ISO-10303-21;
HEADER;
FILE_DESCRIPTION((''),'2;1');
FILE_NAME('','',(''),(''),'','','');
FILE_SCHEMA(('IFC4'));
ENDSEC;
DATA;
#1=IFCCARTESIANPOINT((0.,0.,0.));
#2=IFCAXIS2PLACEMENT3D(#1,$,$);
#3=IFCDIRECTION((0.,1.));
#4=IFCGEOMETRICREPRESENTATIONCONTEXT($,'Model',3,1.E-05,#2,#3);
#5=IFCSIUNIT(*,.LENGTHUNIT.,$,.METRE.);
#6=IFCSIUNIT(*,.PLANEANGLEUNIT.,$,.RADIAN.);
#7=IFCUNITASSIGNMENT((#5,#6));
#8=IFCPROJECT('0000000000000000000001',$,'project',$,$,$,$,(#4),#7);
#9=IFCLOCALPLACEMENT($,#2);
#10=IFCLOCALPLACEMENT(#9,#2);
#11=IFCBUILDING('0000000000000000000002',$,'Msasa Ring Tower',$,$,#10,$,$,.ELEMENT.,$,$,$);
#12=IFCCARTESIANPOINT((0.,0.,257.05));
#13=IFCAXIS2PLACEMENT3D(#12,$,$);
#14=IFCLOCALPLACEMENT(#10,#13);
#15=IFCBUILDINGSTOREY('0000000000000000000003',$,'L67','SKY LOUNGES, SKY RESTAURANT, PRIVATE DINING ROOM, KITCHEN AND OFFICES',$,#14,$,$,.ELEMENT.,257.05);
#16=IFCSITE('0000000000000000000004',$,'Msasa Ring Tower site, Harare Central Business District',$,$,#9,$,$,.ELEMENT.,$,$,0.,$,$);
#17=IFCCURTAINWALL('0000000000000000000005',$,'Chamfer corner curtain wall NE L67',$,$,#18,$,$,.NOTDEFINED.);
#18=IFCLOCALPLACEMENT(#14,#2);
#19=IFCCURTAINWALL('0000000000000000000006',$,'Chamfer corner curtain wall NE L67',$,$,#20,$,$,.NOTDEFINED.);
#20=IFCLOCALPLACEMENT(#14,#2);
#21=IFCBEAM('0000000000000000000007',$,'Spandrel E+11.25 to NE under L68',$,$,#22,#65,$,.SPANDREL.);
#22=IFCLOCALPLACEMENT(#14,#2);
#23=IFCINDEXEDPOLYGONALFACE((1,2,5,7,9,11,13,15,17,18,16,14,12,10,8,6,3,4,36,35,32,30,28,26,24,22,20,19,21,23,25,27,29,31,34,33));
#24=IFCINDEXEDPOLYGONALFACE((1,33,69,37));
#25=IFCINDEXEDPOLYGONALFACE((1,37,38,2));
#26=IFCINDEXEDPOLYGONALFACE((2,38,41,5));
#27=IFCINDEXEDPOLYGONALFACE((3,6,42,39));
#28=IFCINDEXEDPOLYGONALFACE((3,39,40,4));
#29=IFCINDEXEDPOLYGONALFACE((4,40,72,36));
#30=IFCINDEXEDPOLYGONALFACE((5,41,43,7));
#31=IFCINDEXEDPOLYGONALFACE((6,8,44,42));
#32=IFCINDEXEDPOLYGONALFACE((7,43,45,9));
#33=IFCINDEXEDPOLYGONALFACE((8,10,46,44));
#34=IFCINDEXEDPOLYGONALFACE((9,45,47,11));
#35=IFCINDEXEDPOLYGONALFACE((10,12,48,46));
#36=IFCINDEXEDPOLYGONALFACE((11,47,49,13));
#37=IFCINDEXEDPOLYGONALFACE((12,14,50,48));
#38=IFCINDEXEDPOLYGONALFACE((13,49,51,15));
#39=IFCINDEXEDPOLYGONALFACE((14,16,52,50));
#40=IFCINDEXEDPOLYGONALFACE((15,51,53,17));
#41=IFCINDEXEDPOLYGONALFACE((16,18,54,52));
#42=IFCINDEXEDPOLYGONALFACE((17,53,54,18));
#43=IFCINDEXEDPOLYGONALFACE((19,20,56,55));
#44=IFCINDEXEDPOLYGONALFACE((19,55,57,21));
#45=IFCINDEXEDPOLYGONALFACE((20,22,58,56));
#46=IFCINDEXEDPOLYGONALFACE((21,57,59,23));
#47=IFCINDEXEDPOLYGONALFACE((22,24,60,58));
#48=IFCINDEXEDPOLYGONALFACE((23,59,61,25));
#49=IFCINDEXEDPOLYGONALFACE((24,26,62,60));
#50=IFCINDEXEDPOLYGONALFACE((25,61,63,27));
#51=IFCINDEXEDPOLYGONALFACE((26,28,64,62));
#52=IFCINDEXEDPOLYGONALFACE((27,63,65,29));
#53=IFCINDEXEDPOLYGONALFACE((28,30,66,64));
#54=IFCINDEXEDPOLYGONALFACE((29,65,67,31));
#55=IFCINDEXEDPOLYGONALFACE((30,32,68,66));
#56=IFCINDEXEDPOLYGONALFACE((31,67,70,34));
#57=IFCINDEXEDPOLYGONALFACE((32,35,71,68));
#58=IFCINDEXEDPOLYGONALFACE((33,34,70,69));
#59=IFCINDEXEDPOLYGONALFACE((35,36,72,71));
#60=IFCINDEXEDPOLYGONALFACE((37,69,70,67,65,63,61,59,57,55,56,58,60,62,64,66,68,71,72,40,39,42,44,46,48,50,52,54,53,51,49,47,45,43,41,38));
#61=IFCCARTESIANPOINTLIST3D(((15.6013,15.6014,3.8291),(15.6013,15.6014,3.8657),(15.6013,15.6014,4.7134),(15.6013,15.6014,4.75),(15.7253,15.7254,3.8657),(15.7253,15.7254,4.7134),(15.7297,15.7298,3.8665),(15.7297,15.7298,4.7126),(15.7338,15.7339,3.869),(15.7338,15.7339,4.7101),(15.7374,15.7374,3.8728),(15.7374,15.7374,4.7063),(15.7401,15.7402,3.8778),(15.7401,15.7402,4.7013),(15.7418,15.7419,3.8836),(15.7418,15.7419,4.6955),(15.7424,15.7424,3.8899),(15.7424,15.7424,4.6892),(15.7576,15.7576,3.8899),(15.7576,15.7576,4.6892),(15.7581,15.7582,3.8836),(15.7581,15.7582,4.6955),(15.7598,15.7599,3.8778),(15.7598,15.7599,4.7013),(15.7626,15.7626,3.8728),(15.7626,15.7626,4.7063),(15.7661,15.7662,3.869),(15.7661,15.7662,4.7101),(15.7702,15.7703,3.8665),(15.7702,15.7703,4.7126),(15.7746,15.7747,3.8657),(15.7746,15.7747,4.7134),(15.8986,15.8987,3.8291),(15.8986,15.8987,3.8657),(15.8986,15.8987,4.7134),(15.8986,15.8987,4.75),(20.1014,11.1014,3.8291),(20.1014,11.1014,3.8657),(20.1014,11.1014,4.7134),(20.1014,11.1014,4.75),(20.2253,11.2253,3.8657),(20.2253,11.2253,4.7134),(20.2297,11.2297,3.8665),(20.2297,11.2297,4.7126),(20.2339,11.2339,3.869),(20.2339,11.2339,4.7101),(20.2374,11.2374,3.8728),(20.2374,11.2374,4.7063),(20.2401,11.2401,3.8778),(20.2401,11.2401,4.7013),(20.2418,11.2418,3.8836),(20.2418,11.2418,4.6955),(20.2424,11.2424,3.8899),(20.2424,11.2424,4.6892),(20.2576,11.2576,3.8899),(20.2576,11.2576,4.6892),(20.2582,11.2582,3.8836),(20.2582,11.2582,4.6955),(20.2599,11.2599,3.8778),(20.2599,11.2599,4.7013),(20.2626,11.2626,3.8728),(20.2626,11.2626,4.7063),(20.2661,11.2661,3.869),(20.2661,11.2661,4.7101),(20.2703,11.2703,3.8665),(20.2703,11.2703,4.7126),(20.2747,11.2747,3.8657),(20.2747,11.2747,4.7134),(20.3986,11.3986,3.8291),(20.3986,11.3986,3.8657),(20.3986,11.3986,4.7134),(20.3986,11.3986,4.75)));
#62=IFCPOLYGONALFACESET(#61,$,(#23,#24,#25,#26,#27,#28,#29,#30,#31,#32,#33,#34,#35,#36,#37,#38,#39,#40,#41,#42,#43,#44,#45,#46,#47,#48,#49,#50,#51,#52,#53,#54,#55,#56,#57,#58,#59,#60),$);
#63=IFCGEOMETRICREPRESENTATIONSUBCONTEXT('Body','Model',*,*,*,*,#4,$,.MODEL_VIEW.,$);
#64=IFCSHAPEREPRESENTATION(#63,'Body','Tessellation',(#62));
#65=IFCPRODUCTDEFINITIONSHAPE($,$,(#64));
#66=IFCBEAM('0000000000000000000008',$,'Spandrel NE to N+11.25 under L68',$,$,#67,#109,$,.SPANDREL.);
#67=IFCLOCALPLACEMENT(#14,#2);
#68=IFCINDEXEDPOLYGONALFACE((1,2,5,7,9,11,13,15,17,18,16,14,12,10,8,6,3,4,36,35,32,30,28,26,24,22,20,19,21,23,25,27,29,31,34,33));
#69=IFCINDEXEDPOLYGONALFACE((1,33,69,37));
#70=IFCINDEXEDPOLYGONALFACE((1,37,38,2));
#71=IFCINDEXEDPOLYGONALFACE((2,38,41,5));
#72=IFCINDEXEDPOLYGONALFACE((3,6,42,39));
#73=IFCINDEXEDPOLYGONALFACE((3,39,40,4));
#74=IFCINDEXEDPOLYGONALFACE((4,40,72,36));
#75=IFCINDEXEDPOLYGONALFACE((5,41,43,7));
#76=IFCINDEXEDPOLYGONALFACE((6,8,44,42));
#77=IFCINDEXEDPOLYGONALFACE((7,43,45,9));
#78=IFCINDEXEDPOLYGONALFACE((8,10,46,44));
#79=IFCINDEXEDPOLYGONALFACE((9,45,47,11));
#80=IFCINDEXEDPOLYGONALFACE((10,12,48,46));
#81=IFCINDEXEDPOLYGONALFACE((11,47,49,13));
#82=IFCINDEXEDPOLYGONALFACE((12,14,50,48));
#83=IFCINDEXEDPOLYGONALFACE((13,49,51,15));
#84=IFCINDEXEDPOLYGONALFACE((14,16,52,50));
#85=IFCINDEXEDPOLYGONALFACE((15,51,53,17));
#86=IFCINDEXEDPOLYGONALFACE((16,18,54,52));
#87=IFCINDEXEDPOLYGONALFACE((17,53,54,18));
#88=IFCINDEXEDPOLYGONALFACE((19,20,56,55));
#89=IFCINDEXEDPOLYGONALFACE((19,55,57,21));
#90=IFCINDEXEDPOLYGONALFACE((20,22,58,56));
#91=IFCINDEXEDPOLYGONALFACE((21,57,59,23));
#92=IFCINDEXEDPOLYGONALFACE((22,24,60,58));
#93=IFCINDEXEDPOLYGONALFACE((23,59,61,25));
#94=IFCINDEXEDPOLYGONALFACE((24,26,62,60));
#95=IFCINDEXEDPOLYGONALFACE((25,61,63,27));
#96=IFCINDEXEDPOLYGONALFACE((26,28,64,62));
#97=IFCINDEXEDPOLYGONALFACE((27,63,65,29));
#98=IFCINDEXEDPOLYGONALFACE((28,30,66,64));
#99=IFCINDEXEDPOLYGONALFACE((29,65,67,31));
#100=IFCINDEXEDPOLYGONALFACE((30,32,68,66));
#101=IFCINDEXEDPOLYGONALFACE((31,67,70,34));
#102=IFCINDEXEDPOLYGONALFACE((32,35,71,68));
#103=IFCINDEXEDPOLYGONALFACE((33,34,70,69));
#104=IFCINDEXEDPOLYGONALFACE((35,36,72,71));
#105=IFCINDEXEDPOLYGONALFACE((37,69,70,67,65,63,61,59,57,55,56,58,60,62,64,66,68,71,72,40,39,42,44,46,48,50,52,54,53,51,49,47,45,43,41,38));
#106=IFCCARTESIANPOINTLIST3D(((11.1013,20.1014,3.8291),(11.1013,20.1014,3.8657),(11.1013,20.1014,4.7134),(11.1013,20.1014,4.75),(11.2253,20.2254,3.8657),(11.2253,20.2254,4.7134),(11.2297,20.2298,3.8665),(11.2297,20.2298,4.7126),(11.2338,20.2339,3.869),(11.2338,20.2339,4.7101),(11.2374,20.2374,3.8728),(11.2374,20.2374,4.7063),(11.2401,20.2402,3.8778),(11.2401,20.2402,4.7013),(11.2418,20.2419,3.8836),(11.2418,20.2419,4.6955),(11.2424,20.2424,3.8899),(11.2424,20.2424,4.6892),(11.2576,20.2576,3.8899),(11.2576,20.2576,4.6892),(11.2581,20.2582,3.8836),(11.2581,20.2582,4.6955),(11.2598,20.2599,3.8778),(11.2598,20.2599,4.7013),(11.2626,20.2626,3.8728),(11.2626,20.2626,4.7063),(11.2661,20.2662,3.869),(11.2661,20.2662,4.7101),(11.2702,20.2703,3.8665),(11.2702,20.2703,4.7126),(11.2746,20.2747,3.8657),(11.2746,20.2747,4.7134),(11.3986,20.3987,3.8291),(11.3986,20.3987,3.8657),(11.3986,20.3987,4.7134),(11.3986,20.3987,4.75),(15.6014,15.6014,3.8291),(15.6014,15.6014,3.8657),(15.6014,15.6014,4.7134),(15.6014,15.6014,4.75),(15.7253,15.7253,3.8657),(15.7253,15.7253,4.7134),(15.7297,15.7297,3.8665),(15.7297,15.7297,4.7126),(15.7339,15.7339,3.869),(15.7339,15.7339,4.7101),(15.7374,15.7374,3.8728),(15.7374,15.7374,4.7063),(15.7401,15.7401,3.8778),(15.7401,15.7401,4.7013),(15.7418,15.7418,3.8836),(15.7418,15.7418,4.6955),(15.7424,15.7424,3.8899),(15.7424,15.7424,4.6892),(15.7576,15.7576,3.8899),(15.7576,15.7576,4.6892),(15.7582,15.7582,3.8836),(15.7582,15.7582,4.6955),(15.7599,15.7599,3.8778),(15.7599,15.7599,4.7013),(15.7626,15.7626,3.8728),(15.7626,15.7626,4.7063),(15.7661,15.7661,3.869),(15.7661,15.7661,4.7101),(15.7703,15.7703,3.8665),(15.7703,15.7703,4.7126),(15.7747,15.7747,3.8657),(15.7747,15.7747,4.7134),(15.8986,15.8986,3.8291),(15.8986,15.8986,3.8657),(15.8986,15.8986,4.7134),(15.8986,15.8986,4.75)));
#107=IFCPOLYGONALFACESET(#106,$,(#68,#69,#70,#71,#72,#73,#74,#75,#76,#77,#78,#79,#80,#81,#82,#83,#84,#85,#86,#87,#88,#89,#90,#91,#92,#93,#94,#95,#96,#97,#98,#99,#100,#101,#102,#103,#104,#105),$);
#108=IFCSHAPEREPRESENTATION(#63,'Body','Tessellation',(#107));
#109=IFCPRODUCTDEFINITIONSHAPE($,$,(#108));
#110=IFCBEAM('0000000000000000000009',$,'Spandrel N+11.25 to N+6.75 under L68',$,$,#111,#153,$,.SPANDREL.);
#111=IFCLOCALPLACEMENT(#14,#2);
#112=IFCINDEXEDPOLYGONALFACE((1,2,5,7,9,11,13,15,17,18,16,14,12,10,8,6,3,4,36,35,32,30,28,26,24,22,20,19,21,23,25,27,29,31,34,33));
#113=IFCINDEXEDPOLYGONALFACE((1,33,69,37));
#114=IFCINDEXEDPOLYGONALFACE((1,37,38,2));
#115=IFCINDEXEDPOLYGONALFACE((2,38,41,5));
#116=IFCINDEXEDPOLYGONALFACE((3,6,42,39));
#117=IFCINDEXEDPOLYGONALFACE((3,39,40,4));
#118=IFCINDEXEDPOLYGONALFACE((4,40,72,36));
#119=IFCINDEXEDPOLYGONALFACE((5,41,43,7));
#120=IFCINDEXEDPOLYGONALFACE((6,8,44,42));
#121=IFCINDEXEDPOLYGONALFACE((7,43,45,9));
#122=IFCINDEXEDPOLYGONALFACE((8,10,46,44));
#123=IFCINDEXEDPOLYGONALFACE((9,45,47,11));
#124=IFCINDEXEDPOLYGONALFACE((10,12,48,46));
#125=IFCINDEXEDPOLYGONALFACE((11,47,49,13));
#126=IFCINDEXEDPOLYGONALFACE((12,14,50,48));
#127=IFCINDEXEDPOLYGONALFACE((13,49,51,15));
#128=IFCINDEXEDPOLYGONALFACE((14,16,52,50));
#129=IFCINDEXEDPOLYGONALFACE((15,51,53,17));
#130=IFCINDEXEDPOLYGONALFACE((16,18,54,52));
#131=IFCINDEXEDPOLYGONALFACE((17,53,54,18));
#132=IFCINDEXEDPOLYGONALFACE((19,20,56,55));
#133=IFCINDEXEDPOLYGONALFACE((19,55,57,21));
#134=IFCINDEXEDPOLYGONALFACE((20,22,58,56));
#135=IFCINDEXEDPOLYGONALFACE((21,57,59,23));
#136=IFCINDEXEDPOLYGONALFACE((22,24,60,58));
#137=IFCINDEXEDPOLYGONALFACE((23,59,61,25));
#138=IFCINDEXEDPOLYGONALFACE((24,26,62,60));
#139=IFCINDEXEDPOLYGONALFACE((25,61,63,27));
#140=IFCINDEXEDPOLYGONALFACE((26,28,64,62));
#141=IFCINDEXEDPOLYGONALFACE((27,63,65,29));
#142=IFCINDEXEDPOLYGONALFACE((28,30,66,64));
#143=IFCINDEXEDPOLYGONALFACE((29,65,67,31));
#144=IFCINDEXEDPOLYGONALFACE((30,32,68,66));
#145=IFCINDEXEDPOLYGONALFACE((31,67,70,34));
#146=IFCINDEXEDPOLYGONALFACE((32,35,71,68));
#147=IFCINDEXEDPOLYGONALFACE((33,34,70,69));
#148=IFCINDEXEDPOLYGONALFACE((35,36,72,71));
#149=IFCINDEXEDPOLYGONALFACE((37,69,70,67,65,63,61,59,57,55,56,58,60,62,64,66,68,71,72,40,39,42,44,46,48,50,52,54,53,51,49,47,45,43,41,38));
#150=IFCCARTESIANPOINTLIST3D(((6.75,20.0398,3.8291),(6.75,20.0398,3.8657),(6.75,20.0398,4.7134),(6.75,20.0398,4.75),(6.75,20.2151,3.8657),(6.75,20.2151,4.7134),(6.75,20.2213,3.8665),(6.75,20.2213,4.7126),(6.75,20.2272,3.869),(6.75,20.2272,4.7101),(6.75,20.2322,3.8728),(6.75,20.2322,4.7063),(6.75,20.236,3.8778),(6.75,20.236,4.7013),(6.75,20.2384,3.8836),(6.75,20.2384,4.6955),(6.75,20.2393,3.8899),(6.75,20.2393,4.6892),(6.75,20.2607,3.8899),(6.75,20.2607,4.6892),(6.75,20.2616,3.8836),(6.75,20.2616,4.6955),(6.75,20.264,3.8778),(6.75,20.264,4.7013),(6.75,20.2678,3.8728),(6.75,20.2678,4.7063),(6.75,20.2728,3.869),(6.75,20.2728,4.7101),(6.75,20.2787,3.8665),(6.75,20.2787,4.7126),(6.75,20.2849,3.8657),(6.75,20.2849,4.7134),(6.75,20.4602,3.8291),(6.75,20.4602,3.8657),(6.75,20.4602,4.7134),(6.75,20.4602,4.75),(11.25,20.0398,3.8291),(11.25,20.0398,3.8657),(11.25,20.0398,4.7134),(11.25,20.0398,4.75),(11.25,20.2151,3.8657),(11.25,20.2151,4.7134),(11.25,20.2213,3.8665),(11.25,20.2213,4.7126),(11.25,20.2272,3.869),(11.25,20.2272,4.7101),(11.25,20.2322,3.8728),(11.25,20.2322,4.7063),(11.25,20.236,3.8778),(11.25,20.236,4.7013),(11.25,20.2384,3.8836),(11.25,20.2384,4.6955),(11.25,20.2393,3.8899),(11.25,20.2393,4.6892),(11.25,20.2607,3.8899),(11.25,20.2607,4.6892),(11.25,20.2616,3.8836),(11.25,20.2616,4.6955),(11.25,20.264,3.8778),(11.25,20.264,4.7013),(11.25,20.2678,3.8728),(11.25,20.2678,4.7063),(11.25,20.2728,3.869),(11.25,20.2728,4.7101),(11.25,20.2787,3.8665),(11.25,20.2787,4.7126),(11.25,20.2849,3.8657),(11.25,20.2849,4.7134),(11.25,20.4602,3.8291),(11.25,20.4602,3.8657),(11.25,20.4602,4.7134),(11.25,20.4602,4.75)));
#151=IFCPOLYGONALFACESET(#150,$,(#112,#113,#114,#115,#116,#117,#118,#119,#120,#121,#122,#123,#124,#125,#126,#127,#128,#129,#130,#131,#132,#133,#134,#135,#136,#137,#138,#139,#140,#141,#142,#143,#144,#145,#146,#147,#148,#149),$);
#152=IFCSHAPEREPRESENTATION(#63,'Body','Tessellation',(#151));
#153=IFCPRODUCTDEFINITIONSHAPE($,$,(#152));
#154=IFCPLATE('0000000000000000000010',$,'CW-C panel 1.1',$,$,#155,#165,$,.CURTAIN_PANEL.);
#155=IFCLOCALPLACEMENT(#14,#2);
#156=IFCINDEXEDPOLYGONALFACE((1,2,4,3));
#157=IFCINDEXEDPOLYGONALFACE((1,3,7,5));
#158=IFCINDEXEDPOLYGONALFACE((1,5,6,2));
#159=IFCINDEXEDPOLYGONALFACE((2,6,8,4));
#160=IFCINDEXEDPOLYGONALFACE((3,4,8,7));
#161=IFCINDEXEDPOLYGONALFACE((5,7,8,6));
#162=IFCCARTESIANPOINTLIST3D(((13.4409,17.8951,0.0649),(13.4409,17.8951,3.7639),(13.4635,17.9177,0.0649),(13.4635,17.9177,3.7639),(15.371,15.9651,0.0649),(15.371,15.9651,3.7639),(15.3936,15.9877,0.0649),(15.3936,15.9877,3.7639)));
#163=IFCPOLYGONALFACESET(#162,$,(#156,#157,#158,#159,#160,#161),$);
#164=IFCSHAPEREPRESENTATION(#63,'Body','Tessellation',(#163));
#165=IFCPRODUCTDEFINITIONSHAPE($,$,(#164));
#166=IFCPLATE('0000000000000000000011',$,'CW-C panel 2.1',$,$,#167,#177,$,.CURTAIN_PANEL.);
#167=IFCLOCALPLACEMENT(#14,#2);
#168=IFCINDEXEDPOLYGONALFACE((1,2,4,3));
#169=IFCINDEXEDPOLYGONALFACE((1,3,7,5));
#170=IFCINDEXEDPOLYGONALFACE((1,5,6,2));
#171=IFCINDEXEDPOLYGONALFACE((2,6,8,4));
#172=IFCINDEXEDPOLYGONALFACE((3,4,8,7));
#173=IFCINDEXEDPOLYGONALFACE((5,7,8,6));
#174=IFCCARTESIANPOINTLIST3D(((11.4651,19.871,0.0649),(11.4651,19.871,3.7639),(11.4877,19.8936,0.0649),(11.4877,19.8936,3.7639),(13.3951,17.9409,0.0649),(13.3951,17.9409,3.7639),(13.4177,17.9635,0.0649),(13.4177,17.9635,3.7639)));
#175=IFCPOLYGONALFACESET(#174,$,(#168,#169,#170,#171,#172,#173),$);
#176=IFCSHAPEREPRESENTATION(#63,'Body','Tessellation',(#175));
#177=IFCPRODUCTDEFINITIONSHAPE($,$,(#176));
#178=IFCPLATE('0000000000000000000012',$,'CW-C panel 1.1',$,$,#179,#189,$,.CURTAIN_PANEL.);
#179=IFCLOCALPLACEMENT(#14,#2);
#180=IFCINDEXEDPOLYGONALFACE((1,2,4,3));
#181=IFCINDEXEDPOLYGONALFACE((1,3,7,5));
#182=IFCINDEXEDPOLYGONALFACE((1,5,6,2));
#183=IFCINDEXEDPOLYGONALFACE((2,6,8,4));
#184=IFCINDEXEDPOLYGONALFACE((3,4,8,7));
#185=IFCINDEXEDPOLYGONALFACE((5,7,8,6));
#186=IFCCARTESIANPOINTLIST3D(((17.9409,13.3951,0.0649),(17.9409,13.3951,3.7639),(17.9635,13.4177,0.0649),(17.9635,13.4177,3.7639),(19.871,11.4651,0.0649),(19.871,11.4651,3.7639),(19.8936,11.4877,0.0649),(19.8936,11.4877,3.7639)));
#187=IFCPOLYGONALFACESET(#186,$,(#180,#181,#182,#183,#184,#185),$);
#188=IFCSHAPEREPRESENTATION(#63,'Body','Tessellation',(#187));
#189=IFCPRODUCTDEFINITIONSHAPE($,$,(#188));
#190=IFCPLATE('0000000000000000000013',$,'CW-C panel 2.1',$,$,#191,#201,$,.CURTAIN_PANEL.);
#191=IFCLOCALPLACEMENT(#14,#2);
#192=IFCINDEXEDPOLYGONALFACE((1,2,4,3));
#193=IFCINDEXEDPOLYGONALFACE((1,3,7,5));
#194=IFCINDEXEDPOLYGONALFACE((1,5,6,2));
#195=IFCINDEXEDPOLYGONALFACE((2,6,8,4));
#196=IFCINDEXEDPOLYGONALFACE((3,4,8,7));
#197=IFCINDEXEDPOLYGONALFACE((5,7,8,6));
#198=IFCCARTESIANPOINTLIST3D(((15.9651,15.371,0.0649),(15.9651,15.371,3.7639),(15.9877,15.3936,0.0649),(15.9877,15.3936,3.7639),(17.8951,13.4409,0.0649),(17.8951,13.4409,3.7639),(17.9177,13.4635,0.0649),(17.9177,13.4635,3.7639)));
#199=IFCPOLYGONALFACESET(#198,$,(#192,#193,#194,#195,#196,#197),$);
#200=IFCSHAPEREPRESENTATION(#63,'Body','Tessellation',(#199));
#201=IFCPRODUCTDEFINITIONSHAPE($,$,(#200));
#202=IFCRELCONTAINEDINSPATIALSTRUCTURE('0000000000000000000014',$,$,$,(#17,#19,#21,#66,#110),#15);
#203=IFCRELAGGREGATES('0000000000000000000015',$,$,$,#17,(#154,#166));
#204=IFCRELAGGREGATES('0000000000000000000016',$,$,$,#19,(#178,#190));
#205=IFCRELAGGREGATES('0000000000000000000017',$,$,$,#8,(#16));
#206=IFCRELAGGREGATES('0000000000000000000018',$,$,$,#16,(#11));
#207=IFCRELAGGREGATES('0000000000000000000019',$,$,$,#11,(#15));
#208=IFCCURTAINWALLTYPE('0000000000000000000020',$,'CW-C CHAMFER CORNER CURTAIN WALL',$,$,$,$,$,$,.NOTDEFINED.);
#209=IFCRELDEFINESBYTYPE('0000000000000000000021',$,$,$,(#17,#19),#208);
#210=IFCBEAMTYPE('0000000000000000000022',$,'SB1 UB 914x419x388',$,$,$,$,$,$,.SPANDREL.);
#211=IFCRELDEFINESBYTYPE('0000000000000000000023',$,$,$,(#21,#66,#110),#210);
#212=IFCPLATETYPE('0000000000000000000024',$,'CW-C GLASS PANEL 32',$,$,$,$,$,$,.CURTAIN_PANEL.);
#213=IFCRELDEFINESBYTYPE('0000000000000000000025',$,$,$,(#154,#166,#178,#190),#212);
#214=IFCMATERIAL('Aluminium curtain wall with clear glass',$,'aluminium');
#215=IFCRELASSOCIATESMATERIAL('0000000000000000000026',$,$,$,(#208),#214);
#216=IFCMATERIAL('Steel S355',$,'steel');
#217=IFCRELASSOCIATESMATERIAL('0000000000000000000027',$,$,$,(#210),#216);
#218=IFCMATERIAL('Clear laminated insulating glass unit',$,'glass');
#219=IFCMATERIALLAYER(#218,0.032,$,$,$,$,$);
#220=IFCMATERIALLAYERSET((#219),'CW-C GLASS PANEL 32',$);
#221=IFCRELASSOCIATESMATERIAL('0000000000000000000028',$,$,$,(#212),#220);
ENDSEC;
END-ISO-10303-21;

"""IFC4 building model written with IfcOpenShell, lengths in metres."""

from ifc_helpers import new_model, si_unit, direction, frame, origin, origin_2d, place, context, subcontext, project, spatial, rectangle, i_section, extrude, material, layer, layer_set, material_profile, profile_set, type_object, element, aggregate, save


model = new_model("IFC4")

# Units and contexts
model_context = context("Model", 3, precision=1e-05, world=origin(), true_north=direction((0.0, 1.0)))
body_context = subcontext(model_context, "Body", "Model", "MODEL_VIEW")
ifc_project = project(units=[si_unit("LENGTHUNIT", "METRE"), si_unit("PLANEANGLEUNIT", "RADIAN")], contexts=[model_context])

# Site, building, storey
site_placement = place(None, origin())
site = spatial("IfcSite", under=ifc_project, at=site_placement, Name="Msasa Ring Tower site, Harare Central Business District", CompositionType="ELEMENT", RefElevation=0.0)
building_placement = place(site_placement, origin())
building = spatial("IfcBuilding", under=site, at=building_placement, Name="Msasa Ring Tower", CompositionType="ELEMENT")
storey_placement = place(building_placement, frame((0.0, 0.0, 257.05)))
storey = spatial("IfcBuildingStorey", under=building, at=storey_placement, Name="L67", Description="SKY LOUNGES, SKY RESTAURANT, PRIVATE DINING ROOM, KITCHEN AND OFFICES", CompositionType="ELEMENT", Elevation=257.05)

# Curtain walls
ifc_material_1 = material(Name="Aluminium curtain wall with clear glass", Category="aluminium")
curtain_wall_type_1 = type_object("IfcCurtainWallType", Name="CW-C CHAMFER CORNER CURTAIN WALL", PredefinedType="NOTDEFINED", material=ifc_material_1)
curtain_wall_1_placement = place(storey_placement, origin())
curtain_wall_1 = element("IfcCurtainWall", 1, at=curtain_wall_1_placement, inside=storey, type_object=curtain_wall_type_1, Name="Chamfer corner curtain wall NE L67", PredefinedType="NOTDEFINED")
curtain_wall_2_placement = place(storey_placement, origin())
curtain_wall_2 = element("IfcCurtainWall", 2, at=curtain_wall_2_placement, inside=storey, type_object=curtain_wall_type_1, Name="Chamfer corner curtain wall NE L67", PredefinedType="NOTDEFINED")

# Beams
ifc_material_2 = material(Name="Steel S355", Category="steel")
ifc_material_profile_1 = material_profile(ifc_material_2, i_section(OverallWidth=0.4204, OverallDepth=0.9209, WebThickness=0.0215, FlangeThickness=0.0366, FilletRadius=0.0242, at=origin_2d()), Name="UB 914x419x388")
ifc_profile_set_1 = profile_set([ifc_material_profile_1], Name="Steel S355")
beam_type_1 = type_object("IfcBeamType", Name="SB1 UB 914x419x388", PredefinedType="SPANDREL", material=ifc_profile_set_1)
for number, where, z_axis, x_axis, name in (
    (3, (20.25, 11.25, 4.2896), (-0.707107, 0.707107, 0.0), (-0.707107, -0.707107, 0.0), "Spandrel E+11.25 to NE under L68"),
    (4, (15.75, 15.75, 4.2896), (-0.707107, 0.707107, 0.0), (-0.707107, -0.707107, 0.0), "Spandrel NE to N+11.25 under L68"),
):
    element("IfcBeam", number, at=place(storey_placement, frame(where, z_axis=z_axis, x_axis=x_axis)), inside=storey, type_object=beam_type_1, Name=name, PredefinedType="SPANDREL", context=body_context, shape_type="SweptSolid", body=[
        extrude(i_section(OverallWidth=0.4204, OverallDepth=0.9209, WebThickness=0.0215, FlangeThickness=0.0366, FilletRadius=0.0242, at=origin_2d()), origin(), (0.0, 0.0, 1.0), 6.364),
    ])
beam_1_placement = place(storey_placement, frame((11.25, 20.25, 4.2896), z_axis=(-1.0, 0.0, 0.0), x_axis=(0.0, -1.0, 0.0)))
element("IfcBeam", 5, at=beam_1_placement, inside=storey, type_object=beam_type_1, Name="Spandrel N+11.25 to N+6.75 under L68", PredefinedType="SPANDREL", context=body_context, shape_type="SweptSolid", body=[
    extrude(i_section(OverallWidth=0.4204, OverallDepth=0.9209, WebThickness=0.0215, FlangeThickness=0.0366, FilletRadius=0.0242, at=origin_2d()), origin(), (0.0, 0.0, 1.0), 4.5),
])

# Plates
ifc_material_3 = material(Name="Clear laminated insulating glass unit", Category="glass")
ifc_layer_1 = layer(ifc_material_3, 0.032)
ifc_layer_set_1 = layer_set([ifc_layer_1], Name="CW-C GLASS PANEL 32")
plate_type_1 = type_object("IfcPlateType", Name="CW-C GLASS PANEL 32", PredefinedType="CURTAIN_PANEL", material=ifc_layer_set_1)
plate_1_placement = place(storey_placement, frame((14.4172, 16.9414, 0.0649), z_axis=(0.0, 0.0, 1.0), x_axis=(-0.707107, 0.707107, 0.0)))
plate_1 = element("IfcPlate", 6, at=plate_1_placement, type_object=plate_type_1, Name="CW-C panel 1.1", PredefinedType="CURTAIN_PANEL", context=body_context, shape_type="SweptSolid", body=[
    extrude(rectangle(XDim=2.7295, YDim=0.032, at=origin_2d()), origin(), (0.0, 0.0, 1.0), 3.699),
])
plate_2_placement = place(storey_placement, frame((12.4414, 18.9172, 0.0649), z_axis=(0.0, 0.0, 1.0), x_axis=(-0.707107, 0.707107, 0.0)))
plate_2 = element("IfcPlate", 7, at=plate_2_placement, type_object=plate_type_1, Name="CW-C panel 2.1", PredefinedType="CURTAIN_PANEL", context=body_context, shape_type="SweptSolid", body=[
    extrude(rectangle(XDim=2.7295, YDim=0.032, at=origin_2d()), origin(), (0.0, 0.0, 1.0), 3.699),
])
aggregate(curtain_wall_1, [plate_1, plate_2])
plate_3_placement = place(storey_placement, frame((18.9172, 12.4414, 0.0649), z_axis=(0.0, 0.0, 1.0), x_axis=(-0.707107, 0.707107, 0.0)))
plate_3 = element("IfcPlate", 8, at=plate_3_placement, type_object=plate_type_1, Name="CW-C panel 1.1", PredefinedType="CURTAIN_PANEL", context=body_context, shape_type="SweptSolid", body=[
    extrude(rectangle(XDim=2.7295, YDim=0.032, at=origin_2d()), origin(), (0.0, 0.0, 1.0), 3.699),
])
plate_4_placement = place(storey_placement, frame((16.9414, 14.4172, 0.0649), z_axis=(0.0, 0.0, 1.0), x_axis=(-0.707107, 0.707107, 0.0)))
plate_4 = element("IfcPlate", 9, at=plate_4_placement, type_object=plate_type_1, Name="CW-C panel 2.1", PredefinedType="CURTAIN_PANEL", context=body_context, shape_type="SweptSolid", body=[
    extrude(rectangle(XDim=2.7295, YDim=0.032, at=origin_2d()), origin(), (0.0, 0.0, 1.0), 3.699),
])
aggregate(curtain_wall_2, [plate_3, plate_4])

save(model, "model.ifc")
